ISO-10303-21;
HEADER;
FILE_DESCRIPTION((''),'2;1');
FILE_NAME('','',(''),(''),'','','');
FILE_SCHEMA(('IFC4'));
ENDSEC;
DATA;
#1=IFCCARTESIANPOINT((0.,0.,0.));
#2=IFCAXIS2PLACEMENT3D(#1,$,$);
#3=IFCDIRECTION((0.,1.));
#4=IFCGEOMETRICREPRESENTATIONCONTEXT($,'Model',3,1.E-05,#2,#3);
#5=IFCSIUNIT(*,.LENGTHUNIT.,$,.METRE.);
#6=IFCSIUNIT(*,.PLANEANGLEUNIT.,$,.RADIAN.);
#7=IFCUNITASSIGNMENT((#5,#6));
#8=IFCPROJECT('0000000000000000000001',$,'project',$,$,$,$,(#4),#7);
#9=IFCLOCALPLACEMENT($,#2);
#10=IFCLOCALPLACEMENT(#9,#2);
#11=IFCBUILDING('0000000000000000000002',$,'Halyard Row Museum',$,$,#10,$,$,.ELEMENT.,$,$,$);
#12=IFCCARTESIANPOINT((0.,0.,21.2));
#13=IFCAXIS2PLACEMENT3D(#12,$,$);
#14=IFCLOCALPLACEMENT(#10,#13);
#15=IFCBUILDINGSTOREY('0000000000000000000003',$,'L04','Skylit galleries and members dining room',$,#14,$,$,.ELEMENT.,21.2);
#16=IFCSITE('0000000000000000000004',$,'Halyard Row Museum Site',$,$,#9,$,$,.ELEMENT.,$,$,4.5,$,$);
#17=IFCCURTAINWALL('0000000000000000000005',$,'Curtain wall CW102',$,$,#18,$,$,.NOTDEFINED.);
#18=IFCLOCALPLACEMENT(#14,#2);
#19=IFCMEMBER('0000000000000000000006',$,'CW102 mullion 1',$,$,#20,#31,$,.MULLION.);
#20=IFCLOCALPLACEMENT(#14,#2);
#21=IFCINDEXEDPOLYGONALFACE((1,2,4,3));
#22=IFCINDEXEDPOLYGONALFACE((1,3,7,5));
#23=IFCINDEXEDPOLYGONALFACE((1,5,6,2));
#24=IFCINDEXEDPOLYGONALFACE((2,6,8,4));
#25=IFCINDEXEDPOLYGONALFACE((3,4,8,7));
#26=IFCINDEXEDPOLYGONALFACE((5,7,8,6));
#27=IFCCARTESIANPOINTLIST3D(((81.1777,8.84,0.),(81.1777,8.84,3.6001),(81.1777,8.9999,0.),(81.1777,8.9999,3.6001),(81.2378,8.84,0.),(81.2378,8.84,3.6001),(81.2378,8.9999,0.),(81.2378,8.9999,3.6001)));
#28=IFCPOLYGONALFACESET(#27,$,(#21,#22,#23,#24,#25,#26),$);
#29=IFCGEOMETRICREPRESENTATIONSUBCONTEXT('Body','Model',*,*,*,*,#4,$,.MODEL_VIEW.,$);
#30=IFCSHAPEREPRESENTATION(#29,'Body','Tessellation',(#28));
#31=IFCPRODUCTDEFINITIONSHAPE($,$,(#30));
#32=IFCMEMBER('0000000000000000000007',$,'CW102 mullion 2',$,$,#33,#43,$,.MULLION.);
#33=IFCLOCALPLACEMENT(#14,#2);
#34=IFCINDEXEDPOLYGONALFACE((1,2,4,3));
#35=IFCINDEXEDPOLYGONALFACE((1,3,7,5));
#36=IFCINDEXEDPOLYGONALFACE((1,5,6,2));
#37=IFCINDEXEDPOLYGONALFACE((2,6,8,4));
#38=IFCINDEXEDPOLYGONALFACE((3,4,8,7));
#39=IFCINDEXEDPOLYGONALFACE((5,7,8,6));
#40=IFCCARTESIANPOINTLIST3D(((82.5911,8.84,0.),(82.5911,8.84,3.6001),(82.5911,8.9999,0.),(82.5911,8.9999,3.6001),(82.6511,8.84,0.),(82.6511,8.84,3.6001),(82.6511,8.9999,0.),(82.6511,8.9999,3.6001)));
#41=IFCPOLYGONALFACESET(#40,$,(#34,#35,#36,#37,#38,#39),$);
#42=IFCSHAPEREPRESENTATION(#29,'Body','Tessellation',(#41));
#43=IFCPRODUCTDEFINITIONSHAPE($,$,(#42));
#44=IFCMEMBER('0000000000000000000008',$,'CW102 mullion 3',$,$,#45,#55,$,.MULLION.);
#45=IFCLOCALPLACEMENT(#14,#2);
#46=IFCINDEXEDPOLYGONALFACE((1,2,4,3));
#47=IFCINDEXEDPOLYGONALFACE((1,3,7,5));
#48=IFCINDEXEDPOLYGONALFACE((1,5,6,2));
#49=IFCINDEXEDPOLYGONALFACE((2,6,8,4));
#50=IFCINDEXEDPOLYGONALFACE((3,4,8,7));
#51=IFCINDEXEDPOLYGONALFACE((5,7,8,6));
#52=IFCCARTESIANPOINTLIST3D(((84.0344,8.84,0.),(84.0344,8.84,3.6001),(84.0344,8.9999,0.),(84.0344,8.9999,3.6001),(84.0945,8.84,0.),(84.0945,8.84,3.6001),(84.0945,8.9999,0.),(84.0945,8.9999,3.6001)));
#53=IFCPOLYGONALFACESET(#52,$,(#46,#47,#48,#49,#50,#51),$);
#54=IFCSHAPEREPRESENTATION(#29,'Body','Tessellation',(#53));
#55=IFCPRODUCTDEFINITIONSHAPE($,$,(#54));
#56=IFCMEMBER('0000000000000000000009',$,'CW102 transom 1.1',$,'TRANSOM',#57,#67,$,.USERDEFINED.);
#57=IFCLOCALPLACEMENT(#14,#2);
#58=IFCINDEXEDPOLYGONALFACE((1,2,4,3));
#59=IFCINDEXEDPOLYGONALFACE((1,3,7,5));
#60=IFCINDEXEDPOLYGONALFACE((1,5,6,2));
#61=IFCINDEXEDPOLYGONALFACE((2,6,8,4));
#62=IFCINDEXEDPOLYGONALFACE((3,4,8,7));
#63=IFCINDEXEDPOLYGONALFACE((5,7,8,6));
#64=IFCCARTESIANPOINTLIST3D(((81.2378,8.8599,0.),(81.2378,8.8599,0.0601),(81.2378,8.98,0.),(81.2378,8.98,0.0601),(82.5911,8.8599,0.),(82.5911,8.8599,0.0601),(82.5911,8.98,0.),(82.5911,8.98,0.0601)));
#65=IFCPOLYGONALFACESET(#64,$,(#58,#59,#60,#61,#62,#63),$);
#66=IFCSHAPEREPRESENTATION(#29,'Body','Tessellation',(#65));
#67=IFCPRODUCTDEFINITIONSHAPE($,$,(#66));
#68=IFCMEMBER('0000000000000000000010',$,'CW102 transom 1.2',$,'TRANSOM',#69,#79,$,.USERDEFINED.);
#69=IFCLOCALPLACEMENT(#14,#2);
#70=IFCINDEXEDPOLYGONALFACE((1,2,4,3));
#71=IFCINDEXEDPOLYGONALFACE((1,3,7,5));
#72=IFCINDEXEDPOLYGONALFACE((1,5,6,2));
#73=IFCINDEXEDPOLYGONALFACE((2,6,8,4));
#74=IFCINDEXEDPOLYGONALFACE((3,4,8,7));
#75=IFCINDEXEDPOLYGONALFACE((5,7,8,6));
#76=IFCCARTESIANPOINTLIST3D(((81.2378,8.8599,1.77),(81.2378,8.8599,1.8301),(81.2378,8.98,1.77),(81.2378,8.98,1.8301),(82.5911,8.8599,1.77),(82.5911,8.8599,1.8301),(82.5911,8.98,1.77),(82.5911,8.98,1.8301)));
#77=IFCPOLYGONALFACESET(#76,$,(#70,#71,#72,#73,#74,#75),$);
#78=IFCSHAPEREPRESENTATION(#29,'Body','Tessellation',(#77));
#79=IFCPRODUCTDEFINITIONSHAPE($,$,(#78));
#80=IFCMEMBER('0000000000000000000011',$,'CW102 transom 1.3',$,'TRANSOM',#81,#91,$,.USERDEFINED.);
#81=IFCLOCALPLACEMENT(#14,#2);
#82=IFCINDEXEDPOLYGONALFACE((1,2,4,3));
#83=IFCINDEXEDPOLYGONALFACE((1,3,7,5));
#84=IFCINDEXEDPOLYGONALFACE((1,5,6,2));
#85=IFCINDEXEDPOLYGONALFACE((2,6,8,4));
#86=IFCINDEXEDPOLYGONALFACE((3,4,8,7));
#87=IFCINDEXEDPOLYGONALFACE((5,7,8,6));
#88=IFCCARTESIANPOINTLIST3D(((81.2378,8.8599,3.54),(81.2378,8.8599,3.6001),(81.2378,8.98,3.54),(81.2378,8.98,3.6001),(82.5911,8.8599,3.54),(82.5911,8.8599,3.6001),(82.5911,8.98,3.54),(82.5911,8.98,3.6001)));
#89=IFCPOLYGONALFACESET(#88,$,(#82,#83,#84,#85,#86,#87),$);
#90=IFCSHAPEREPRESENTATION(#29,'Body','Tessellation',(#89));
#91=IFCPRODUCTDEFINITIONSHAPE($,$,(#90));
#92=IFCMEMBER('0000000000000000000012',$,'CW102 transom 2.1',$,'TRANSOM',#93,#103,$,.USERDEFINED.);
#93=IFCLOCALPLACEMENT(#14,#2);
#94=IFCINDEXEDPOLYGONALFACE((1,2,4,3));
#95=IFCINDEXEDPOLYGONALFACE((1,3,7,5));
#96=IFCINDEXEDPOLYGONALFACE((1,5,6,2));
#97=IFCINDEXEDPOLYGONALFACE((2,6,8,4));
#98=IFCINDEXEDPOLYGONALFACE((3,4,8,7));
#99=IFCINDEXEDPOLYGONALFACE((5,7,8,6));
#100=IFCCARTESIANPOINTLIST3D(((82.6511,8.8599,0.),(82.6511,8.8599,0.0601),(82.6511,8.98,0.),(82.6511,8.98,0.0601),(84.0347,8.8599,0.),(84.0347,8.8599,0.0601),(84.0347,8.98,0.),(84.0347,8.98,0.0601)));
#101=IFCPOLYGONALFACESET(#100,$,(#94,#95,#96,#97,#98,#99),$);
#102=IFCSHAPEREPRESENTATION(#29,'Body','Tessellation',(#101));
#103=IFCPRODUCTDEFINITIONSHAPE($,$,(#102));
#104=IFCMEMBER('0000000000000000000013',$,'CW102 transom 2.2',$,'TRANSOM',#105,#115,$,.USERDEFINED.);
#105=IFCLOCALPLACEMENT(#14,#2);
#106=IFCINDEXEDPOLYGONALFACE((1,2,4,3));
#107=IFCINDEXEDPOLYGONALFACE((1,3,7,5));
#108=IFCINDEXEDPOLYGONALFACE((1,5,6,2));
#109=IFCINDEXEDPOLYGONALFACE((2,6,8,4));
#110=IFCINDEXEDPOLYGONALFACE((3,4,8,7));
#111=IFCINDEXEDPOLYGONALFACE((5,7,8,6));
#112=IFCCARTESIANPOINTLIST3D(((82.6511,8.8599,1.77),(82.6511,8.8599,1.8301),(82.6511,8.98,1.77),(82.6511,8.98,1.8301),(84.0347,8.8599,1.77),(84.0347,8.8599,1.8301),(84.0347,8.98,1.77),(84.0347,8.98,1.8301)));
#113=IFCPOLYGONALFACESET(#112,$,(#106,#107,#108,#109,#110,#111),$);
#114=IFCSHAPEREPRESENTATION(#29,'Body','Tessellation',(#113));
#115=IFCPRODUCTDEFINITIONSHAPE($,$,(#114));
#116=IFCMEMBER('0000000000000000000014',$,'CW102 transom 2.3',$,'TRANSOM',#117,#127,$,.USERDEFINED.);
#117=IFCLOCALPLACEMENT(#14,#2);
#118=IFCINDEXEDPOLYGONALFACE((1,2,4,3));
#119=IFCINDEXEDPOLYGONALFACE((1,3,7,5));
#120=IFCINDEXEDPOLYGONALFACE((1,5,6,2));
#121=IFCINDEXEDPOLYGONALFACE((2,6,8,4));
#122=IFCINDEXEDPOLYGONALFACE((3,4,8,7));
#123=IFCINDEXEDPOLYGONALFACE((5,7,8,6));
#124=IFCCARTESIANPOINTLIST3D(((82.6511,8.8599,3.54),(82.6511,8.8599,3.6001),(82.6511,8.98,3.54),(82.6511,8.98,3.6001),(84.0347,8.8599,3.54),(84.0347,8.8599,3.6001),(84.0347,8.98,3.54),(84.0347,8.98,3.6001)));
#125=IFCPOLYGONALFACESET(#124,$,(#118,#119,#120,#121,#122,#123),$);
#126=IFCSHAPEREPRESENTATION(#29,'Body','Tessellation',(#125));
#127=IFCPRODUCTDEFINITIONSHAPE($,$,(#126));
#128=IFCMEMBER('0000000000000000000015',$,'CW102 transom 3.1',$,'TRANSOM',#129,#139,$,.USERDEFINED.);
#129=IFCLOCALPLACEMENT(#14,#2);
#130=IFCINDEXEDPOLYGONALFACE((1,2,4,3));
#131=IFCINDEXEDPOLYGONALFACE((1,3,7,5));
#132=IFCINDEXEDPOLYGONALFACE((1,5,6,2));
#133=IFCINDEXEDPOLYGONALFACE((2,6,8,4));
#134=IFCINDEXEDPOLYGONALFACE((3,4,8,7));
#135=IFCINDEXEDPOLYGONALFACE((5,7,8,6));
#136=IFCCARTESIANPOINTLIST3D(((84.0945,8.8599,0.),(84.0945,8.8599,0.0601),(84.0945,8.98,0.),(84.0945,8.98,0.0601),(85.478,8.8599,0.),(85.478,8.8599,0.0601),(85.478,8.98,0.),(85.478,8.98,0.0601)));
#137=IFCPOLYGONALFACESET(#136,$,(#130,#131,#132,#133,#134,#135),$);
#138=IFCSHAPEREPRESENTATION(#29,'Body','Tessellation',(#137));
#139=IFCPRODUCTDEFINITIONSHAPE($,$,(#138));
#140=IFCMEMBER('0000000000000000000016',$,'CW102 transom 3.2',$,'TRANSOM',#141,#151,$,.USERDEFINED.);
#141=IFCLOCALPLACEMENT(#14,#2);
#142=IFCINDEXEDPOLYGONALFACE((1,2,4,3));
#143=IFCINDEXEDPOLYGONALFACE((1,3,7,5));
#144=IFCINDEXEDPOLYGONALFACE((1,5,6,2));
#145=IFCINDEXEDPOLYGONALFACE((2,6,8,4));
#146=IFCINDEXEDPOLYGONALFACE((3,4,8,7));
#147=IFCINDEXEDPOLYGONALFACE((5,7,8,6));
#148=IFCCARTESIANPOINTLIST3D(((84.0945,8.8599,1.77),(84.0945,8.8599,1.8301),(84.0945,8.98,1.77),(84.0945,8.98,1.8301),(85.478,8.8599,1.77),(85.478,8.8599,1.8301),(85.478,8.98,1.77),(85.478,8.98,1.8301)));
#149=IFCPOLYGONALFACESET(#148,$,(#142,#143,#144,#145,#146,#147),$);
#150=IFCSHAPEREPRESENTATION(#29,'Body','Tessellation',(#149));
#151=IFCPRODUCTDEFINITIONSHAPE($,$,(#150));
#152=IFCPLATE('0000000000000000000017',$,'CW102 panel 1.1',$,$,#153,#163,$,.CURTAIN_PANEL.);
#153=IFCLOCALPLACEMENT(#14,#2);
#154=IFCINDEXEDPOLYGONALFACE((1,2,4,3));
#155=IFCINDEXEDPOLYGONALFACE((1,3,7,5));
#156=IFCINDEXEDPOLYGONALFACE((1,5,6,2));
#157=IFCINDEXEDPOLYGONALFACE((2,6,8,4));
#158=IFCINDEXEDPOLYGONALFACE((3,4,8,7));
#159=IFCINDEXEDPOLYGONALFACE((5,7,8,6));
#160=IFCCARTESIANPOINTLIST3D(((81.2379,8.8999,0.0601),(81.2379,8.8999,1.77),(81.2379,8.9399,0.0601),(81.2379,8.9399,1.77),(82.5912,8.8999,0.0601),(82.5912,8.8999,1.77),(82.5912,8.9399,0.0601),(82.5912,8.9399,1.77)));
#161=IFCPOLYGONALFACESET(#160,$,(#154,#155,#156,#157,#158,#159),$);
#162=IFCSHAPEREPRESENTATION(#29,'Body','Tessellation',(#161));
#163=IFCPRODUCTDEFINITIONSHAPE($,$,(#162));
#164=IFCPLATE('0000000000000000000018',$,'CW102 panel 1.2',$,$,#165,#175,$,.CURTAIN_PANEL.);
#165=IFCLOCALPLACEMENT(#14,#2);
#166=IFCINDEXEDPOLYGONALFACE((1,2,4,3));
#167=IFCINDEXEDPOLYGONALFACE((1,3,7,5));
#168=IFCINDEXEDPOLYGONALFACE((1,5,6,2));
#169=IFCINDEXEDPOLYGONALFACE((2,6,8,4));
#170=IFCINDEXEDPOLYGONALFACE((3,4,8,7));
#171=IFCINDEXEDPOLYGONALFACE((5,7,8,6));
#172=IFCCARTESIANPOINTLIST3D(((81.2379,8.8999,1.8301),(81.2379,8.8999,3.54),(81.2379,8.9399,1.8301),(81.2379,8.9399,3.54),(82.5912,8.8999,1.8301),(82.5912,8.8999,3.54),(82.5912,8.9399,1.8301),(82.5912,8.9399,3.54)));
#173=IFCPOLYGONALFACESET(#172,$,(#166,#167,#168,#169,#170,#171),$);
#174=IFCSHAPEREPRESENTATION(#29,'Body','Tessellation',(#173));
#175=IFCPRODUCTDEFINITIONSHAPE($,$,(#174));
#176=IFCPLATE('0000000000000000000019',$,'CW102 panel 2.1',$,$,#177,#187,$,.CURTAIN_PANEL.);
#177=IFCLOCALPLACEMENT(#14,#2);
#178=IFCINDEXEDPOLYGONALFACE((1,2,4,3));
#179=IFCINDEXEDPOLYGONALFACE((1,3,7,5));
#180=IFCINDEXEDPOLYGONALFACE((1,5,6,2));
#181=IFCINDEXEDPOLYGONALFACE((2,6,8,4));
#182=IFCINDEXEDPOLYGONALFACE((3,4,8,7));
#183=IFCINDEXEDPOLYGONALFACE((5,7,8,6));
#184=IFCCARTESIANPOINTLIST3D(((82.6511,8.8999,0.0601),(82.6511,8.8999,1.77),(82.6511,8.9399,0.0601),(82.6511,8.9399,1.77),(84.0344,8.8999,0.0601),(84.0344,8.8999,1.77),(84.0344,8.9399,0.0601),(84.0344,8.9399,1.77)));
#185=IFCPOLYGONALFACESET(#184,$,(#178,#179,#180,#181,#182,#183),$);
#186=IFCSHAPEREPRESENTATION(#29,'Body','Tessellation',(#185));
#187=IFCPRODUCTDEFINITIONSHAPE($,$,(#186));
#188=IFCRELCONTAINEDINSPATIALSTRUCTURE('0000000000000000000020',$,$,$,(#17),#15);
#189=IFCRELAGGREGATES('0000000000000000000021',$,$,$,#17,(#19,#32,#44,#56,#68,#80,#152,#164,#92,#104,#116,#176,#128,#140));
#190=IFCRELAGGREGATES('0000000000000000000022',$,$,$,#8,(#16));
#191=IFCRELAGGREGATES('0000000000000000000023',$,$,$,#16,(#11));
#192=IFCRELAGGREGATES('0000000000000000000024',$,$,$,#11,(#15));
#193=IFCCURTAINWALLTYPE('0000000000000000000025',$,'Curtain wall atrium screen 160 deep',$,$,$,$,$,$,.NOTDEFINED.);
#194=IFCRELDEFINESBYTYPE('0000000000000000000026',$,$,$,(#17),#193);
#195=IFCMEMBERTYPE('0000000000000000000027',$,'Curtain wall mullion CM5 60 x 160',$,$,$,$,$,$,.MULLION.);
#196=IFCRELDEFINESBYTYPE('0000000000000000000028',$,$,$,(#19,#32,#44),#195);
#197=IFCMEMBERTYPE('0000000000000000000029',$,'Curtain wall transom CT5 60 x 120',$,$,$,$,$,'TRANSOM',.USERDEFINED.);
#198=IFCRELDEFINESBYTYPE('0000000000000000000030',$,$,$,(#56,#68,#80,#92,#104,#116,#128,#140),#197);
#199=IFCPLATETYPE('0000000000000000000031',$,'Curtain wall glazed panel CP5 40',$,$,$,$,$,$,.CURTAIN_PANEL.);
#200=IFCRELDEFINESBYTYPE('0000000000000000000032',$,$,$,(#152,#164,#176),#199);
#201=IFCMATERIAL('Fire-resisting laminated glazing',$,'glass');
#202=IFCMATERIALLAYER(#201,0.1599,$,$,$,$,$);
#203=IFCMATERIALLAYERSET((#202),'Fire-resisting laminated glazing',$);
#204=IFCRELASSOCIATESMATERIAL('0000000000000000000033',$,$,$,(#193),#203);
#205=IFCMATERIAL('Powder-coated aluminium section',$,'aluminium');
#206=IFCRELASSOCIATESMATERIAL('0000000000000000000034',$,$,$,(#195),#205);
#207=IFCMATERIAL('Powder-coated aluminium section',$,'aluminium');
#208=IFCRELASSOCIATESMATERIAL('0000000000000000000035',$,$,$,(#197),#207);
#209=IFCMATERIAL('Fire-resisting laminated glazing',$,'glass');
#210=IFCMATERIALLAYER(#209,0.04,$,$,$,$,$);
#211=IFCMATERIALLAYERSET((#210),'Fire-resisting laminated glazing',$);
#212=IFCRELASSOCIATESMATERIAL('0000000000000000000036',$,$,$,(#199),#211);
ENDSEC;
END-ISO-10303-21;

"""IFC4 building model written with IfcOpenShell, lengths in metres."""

from ifc_helpers import new_model, si_unit, direction, frame, origin, origin_2d, place, context, subcontext, project, spatial, rectangle, extrude, material, layer, layer_set, material_profile, profile_set, type_object, element, aggregate, save


model = new_model("IFC4")

# Units and contexts
model_context = context("Model", 3, precision=1e-05, world=origin(), true_north=direction((0.0, 1.0)))
body_context = subcontext(model_context, "Body", "Model", "MODEL_VIEW")
ifc_project = project(units=[si_unit("LENGTHUNIT", "METRE"), si_unit("PLANEANGLEUNIT", "RADIAN")], contexts=[model_context])

# Site, building, storey
site_placement = place(None, origin())
site = spatial("IfcSite", under=ifc_project, at=site_placement, Name="Halyard Row Museum Site", CompositionType="ELEMENT", RefElevation=4.5)
building_placement = place(site_placement, origin())
building = spatial("IfcBuilding", under=site, at=building_placement, Name="Halyard Row Museum", CompositionType="ELEMENT")
storey_placement = place(building_placement, frame((0.0, 0.0, 21.2)))
storey = spatial("IfcBuildingStorey", under=building, at=storey_placement, Name="L04", Description="Skylit galleries and members dining room", CompositionType="ELEMENT", Elevation=21.2)

# Curtain wall, members, plates
ifc_material_1 = material(Name="Fire-resisting laminated glazing", Category="glass")
ifc_layer_1 = layer(ifc_material_1, 0.1599)
ifc_layer_set_1 = layer_set([ifc_layer_1], Name="Fire-resisting laminated glazing")
curtain_wall_type = type_object("IfcCurtainWallType", Name="Curtain wall atrium screen 160 deep", PredefinedType="NOTDEFINED", material=ifc_layer_set_1)
curtain_wall_placement = place(storey_placement, origin())
curtain_wall = element("IfcCurtainWall", 1, at=curtain_wall_placement, inside=storey, type_object=curtain_wall_type, Name="Curtain wall CW102", PredefinedType="NOTDEFINED")
ifc_material_2 = material(Name="Powder-coated aluminium section", Category="aluminium")
ifc_material_profile_1 = material_profile(ifc_material_2, rectangle(XDim=0.1599, YDim=0.0601, at=origin_2d()), Name="160x60 mullion")
ifc_profile_set_1 = profile_set([ifc_material_profile_1], Name="Powder-coated aluminium section")
member_type_1 = type_object("IfcMemberType", Name="Curtain wall mullion CM5 60 x 160", PredefinedType="MULLION", material=ifc_profile_set_1)
member_1_placement = place(storey_placement, frame((81.2078, 8.9199, 0.0), z_axis=(0.0, 0.0, 1.0), x_axis=(0.0, 1.0, 0.0)))
member_1 = element("IfcMember", 2, at=member_1_placement, type_object=member_type_1, Name="CW102 mullion 1", PredefinedType="MULLION", context=body_context, shape_type="SweptSolid", body=[
    extrude(rectangle(XDim=0.1599, YDim=0.0601, at=origin_2d()), origin(), (0.0, 0.0, 1.0), 3.6001),
])
member_2_placement = place(storey_placement, frame((82.6211, 8.9199, 0.0), z_axis=(0.0, 0.0, 1.0), x_axis=(0.0, 1.0, 0.0)))
member_2 = element("IfcMember", 3, at=member_2_placement, type_object=member_type_1, Name="CW102 mullion 2", PredefinedType="MULLION", context=body_context, shape_type="SweptSolid", body=[
    extrude(rectangle(XDim=0.1599, YDim=0.0601, at=origin_2d()), origin(), (0.0, 0.0, 1.0), 3.6001),
])
member_3_placement = place(storey_placement, frame((84.0645, 8.9199, 0.0), z_axis=(0.0, 0.0, 1.0), x_axis=(0.0, 1.0, 0.0)))
member_3 = element("IfcMember", 4, at=member_3_placement, type_object=member_type_1, Name="CW102 mullion 3", PredefinedType="MULLION", context=body_context, shape_type="SweptSolid", body=[
    extrude(rectangle(XDim=0.1599, YDim=0.0601, at=origin_2d()), origin(), (0.0, 0.0, 1.0), 3.6001),
])
ifc_material_3 = material(Name="Powder-coated aluminium section", Category="aluminium")
ifc_material_profile_2 = material_profile(ifc_material_3, rectangle(XDim=0.1201, YDim=0.0601, at=origin_2d()), Name="120x60 transom")
ifc_profile_set_2 = profile_set([ifc_material_profile_2], Name="Powder-coated aluminium section")
member_type_2 = type_object("IfcMemberType", Name="Curtain wall transom CT5 60 x 120", ElementType="TRANSOM", PredefinedType="USERDEFINED", material=ifc_profile_set_2)
member_4_placement = place(storey_placement, frame((81.2378, 8.9199, 0.03), z_axis=(1.0, 0.0, 0.0), x_axis=(0.0, 1.0, 0.0)))
member_4 = element("IfcMember", 5, at=member_4_placement, type_object=member_type_2, Name="CW102 transom 1.1", ObjectType="TRANSOM", PredefinedType="USERDEFINED", context=body_context, shape_type="SweptSolid", body=[
    extrude(rectangle(XDim=0.1201, YDim=0.0601, at=origin_2d()), origin(), (0.0, 0.0, 1.0), 1.3533),
])
member_5_placement = place(storey_placement, frame((81.2378, 8.9199, 1.8), z_axis=(1.0, 0.0, 0.0), x_axis=(0.0, 1.0, 0.0)))
member_5 = element("IfcMember", 6, at=member_5_placement, type_object=member_type_2, Name="CW102 transom 1.2", ObjectType="TRANSOM", PredefinedType="USERDEFINED", context=body_context, shape_type="SweptSolid", body=[
    extrude(rectangle(XDim=0.1201, YDim=0.0601, at=origin_2d()), origin(), (0.0, 0.0, 1.0), 1.3533),
])
member_6_placement = place(storey_placement, frame((81.2378, 8.9199, 3.5701), z_axis=(1.0, 0.0, 0.0), x_axis=(0.0, 1.0, 0.0)))
member_6 = element("IfcMember", 7, at=member_6_placement, type_object=member_type_2, Name="CW102 transom 1.3", ObjectType="TRANSOM", PredefinedType="USERDEFINED", context=body_context, shape_type="SweptSolid", body=[
    extrude(rectangle(XDim=0.1201, YDim=0.0601, at=origin_2d()), origin(), (0.0, 0.0, 1.0), 1.3533),
])
member_7_placement = place(storey_placement, frame((82.6511, 8.9199, 0.03), z_axis=(1.0, 0.0, 0.0), x_axis=(0.0, 1.0, 0.0)))
member_7 = element("IfcMember", 8, at=member_7_placement, type_object=member_type_2, Name="CW102 transom 2.1", ObjectType="TRANSOM", PredefinedType="USERDEFINED", context=body_context, shape_type="SweptSolid", body=[
    extrude(rectangle(XDim=0.1201, YDim=0.0601, at=origin_2d()), origin(), (0.0, 0.0, 1.0), 1.3835),
])
member_8_placement = place(storey_placement, frame((82.6511, 8.9199, 1.8), z_axis=(1.0, 0.0, 0.0), x_axis=(0.0, 1.0, 0.0)))
member_8 = element("IfcMember", 9, at=member_8_placement, type_object=member_type_2, Name="CW102 transom 2.2", ObjectType="TRANSOM", PredefinedType="USERDEFINED", context=body_context, shape_type="SweptSolid", body=[
    extrude(rectangle(XDim=0.1201, YDim=0.0601, at=origin_2d()), origin(), (0.0, 0.0, 1.0), 1.3835),
])
member_9_placement = place(storey_placement, frame((82.6511, 8.9199, 3.5701), z_axis=(1.0, 0.0, 0.0), x_axis=(0.0, 1.0, 0.0)))
member_9 = element("IfcMember", 10, at=member_9_placement, type_object=member_type_2, Name="CW102 transom 2.3", ObjectType="TRANSOM", PredefinedType="USERDEFINED", context=body_context, shape_type="SweptSolid", body=[
    extrude(rectangle(XDim=0.1201, YDim=0.0601, at=origin_2d()), origin(), (0.0, 0.0, 1.0), 1.3835),
])
member_10_placement = place(storey_placement, frame((84.0945, 8.9199, 0.03), z_axis=(1.0, 0.0, 0.0), x_axis=(0.0, 1.0, 0.0)))
member_10 = element("IfcMember", 11, at=member_10_placement, type_object=member_type_2, Name="CW102 transom 3.1", ObjectType="TRANSOM", PredefinedType="USERDEFINED", context=body_context, shape_type="SweptSolid", body=[
    extrude(rectangle(XDim=0.1201, YDim=0.0601, at=origin_2d()), origin(), (0.0, 0.0, 1.0), 1.3835),
])
member_11_placement = place(storey_placement, frame((84.0945, 8.9199, 1.8), z_axis=(1.0, 0.0, 0.0), x_axis=(0.0, 1.0, 0.0)))
member_11 = element("IfcMember", 12, at=member_11_placement, type_object=member_type_2, Name="CW102 transom 3.2", ObjectType="TRANSOM", PredefinedType="USERDEFINED", context=body_context, shape_type="SweptSolid", body=[
    extrude(rectangle(XDim=0.1201, YDim=0.0601, at=origin_2d()), origin(), (0.0, 0.0, 1.0), 1.3835),
])
ifc_material_4 = material(Name="Fire-resisting laminated glazing", Category="glass")
ifc_layer_2 = layer(ifc_material_4, 0.04)
ifc_layer_set_2 = layer_set([ifc_layer_2], Name="Fire-resisting laminated glazing")
plate_type = type_object("IfcPlateType", Name="Curtain wall glazed panel CP5 40", PredefinedType="CURTAIN_PANEL", material=ifc_layer_set_2)
plate_1_placement = place(storey_placement, frame((81.9146, 8.9199, 0.0601), z_axis=(0.0, 0.0, 1.0), x_axis=(1.0, 0.0, 0.0)))
plate_1 = element("IfcPlate", 13, at=plate_1_placement, type_object=plate_type, Name="CW102 panel 1.1", PredefinedType="CURTAIN_PANEL", context=body_context, shape_type="SweptSolid", body=[
    extrude(rectangle(XDim=1.3533, YDim=0.04, at=origin_2d()), origin(), (0.0, 0.0, 1.0), 1.71),
])
plate_2_placement = place(storey_placement, frame((81.9146, 8.9199, 1.8301), z_axis=(0.0, 0.0, 1.0), x_axis=(1.0, 0.0, 0.0)))
plate_2 = element("IfcPlate", 14, at=plate_2_placement, type_object=plate_type, Name="CW102 panel 1.2", PredefinedType="CURTAIN_PANEL", context=body_context, shape_type="SweptSolid", body=[
    extrude(rectangle(XDim=1.3533, YDim=0.04, at=origin_2d()), origin(), (0.0, 0.0, 1.0), 1.71),
])
plate_3_placement = place(storey_placement, frame((83.3428, 8.9199, 0.0601), z_axis=(0.0, 0.0, 1.0), x_axis=(1.0, 0.0, 0.0)))
plate_3 = element("IfcPlate", 15, at=plate_3_placement, type_object=plate_type, Name="CW102 panel 2.1", PredefinedType="CURTAIN_PANEL", context=body_context, shape_type="SweptSolid", body=[
    extrude(rectangle(XDim=1.3833, YDim=0.04, at=origin_2d()), origin(), (0.0, 0.0, 1.0), 1.71),
])
aggregate(curtain_wall, [member_1, member_2, member_3, member_4, member_5, member_6, plate_1, plate_2, member_7, member_8, member_9, plate_3, member_10, member_11])

save(model, "model.ifc")
